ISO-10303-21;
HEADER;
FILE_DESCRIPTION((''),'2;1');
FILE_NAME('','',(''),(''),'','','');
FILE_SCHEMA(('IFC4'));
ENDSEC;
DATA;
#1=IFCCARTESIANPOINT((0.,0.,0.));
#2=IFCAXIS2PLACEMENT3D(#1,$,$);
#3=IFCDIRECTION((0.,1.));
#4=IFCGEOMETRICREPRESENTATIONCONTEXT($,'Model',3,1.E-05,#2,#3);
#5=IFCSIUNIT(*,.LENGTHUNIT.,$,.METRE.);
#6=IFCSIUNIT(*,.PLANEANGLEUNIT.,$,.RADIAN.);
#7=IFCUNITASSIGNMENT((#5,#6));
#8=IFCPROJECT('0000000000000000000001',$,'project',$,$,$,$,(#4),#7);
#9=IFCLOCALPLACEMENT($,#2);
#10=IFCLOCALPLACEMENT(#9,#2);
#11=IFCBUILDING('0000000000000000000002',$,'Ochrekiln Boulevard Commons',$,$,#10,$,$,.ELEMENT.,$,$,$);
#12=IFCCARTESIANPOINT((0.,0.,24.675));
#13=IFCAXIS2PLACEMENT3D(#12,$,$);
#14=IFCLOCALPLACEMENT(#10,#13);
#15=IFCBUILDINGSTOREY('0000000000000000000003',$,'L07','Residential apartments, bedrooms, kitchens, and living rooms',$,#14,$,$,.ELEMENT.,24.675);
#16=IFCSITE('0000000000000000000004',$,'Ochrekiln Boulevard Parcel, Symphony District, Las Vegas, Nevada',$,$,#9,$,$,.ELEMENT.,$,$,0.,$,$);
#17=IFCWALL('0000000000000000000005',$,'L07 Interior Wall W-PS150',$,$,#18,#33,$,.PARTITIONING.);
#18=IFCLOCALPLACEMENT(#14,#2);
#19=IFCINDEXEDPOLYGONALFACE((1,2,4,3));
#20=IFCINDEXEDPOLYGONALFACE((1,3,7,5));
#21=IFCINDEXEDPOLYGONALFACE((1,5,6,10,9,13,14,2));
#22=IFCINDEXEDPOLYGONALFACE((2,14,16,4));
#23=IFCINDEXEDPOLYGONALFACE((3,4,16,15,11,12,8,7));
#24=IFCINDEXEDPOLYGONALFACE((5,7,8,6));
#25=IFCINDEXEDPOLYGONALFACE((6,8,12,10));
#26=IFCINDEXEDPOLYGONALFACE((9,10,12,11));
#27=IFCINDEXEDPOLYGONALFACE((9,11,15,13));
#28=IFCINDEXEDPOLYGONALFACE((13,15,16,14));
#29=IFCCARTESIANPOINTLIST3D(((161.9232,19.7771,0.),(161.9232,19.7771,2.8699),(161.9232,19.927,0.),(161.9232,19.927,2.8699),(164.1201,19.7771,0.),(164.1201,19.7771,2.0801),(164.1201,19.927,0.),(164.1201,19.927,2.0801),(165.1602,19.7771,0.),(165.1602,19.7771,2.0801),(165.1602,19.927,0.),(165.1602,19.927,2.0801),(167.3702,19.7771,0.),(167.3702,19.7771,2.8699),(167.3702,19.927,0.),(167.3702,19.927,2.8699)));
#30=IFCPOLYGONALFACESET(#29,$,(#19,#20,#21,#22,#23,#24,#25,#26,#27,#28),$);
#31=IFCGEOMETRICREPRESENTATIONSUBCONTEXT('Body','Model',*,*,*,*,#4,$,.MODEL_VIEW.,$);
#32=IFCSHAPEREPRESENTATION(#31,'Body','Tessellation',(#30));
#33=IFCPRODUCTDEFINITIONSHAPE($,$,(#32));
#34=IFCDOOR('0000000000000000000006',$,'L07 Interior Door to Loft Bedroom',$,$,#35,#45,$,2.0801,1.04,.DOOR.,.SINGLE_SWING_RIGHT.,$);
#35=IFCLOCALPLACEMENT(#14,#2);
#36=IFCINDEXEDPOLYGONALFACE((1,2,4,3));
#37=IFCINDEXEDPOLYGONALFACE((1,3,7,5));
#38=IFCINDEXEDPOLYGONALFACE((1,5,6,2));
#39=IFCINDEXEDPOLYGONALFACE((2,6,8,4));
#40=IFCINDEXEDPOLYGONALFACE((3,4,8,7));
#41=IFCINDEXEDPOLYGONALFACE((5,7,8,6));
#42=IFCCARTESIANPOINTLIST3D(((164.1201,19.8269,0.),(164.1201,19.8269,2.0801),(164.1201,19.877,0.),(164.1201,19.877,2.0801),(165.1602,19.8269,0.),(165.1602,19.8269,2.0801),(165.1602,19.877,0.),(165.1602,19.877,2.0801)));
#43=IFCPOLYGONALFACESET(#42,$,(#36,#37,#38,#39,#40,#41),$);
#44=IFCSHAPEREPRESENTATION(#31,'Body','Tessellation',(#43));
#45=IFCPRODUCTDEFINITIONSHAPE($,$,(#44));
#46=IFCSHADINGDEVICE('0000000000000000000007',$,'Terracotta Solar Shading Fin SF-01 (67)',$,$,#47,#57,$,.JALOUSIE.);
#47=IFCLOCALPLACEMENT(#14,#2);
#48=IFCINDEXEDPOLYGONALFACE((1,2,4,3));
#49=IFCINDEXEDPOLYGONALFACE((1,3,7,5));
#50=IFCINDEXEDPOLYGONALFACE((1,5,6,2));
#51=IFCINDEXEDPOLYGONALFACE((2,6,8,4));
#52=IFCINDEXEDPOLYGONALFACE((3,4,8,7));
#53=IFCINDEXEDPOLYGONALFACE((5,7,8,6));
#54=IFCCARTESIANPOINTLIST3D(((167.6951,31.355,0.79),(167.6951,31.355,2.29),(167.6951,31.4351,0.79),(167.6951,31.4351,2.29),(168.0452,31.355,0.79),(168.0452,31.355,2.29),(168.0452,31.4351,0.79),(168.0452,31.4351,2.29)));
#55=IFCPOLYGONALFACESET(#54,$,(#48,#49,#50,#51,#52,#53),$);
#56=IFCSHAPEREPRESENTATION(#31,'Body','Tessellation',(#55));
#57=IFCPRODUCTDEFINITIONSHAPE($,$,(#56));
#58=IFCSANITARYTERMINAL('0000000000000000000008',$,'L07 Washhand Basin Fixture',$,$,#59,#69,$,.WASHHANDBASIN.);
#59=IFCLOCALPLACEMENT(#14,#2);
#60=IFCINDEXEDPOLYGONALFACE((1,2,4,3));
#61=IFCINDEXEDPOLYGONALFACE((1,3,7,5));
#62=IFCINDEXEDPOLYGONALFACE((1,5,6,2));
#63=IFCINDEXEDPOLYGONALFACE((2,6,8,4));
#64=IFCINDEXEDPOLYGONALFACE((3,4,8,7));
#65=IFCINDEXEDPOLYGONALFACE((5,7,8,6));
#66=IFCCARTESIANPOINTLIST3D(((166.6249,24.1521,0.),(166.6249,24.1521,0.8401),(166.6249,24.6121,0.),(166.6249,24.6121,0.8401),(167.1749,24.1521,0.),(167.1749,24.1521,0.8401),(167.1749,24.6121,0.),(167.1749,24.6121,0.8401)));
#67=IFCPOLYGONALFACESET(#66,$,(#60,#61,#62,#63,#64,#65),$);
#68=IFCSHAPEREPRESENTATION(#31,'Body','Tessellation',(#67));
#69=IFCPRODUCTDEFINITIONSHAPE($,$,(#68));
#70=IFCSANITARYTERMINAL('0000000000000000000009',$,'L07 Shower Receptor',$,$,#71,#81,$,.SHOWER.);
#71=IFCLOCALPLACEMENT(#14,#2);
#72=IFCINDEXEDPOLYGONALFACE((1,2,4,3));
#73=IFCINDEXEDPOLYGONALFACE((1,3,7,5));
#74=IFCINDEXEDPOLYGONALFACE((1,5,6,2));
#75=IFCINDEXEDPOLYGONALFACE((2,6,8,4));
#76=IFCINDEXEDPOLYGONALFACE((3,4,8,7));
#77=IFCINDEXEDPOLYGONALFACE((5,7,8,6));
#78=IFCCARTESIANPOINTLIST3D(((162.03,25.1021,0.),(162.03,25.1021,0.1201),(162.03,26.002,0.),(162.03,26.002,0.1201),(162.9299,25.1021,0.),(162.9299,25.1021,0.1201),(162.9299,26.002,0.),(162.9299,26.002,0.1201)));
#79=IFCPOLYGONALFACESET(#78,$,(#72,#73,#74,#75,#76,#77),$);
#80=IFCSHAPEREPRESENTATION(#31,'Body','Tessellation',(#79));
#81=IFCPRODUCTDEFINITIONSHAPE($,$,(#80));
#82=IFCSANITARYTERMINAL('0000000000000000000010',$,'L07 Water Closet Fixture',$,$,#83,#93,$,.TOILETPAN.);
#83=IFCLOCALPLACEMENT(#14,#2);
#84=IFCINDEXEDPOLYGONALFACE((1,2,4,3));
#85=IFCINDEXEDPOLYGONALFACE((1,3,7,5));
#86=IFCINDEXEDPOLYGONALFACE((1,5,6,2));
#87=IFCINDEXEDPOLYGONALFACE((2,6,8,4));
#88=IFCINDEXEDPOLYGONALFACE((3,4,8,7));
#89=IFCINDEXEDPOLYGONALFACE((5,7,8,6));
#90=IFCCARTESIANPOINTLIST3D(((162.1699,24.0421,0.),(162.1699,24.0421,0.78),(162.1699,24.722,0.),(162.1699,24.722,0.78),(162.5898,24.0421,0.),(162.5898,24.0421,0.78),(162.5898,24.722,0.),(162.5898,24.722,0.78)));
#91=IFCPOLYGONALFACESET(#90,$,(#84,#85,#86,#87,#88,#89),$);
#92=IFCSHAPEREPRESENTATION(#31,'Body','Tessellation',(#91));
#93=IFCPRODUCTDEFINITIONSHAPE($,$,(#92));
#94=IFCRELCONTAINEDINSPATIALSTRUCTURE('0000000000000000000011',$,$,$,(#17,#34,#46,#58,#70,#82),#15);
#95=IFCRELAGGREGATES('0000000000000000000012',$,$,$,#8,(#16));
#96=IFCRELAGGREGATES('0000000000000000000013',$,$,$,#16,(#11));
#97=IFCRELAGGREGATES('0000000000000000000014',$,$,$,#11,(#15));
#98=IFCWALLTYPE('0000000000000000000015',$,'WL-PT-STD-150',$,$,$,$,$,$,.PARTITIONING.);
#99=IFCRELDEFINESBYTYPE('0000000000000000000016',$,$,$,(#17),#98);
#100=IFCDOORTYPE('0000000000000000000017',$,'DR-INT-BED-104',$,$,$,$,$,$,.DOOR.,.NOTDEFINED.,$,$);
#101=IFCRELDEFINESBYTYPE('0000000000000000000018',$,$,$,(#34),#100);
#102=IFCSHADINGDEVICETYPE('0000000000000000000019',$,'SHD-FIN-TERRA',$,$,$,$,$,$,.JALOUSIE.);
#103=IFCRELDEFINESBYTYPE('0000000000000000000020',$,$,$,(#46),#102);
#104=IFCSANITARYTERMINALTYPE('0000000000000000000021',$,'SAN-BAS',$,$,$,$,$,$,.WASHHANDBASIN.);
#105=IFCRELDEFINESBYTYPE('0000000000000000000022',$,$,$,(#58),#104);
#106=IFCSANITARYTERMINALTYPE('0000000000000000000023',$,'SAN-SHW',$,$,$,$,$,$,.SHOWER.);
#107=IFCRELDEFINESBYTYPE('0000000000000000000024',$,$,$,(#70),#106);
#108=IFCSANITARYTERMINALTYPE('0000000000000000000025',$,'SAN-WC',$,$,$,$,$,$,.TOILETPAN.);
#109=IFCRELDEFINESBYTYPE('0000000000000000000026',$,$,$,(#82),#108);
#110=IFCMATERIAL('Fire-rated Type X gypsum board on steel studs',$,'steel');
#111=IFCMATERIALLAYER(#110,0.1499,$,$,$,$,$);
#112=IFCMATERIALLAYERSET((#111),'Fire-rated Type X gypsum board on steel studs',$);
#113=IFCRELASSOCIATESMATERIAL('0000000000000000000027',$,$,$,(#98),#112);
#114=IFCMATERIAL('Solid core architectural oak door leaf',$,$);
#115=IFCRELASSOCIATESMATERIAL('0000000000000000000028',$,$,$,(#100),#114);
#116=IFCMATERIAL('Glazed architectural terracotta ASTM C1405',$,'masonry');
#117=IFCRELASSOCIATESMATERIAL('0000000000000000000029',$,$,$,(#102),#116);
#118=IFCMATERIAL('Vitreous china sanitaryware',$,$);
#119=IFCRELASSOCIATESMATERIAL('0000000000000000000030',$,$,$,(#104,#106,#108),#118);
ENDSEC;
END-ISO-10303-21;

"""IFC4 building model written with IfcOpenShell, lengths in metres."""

from ifc_helpers import new_model, si_unit, direction, frame, frame_2d, origin, origin_2d, place, context, subcontext, project, spatial, rectangle, extrude, material, layer, layer_set, type_object, element, fill, save


model = new_model("IFC4")

# Units and contexts
model_context = context("Model", 3, precision=1e-05, world=origin(), true_north=direction((0.0, 1.0)))
body_context = subcontext(model_context, "Body", "Model", "MODEL_VIEW")
ifc_project = project(units=[si_unit("LENGTHUNIT", "METRE"), si_unit("PLANEANGLEUNIT", "RADIAN")], contexts=[model_context])

# Site, building, storey
site_placement = place(None, origin())
site = spatial("IfcSite", under=ifc_project, at=site_placement, Name="Ochrekiln Boulevard Parcel, Symphony District, Las Vegas, Nevada", CompositionType="ELEMENT", RefElevation=0.0)
building_placement = place(site_placement, origin())
building = spatial("IfcBuilding", under=site, at=building_placement, Name="Ochrekiln Boulevard Commons", CompositionType="ELEMENT")
storey_placement = place(building_placement, frame((0.0, 0.0, 24.675)))
storey = spatial("IfcBuildingStorey", under=building, at=storey_placement, Name="L07", Description="Residential apartments, bedrooms, kitchens, and living rooms", CompositionType="ELEMENT", Elevation=24.675)

# Shared definitions
ifc_material_1 = material(Name="Solid core architectural oak door leaf")

# Shared definitions
ifc_material_2 = material(Name="Fire-rated Type X gypsum board on steel studs", Category="steel")

# Wall, opening, door
ifc_layer_1 = layer(ifc_material_2, 0.1499)
ifc_layer_set_1 = layer_set([ifc_layer_1], Name="Fire-rated Type X gypsum board on steel studs")
wall_type_1 = type_object("IfcWallType", Name="WL-PT-STD-150", PredefinedType="PARTITIONING", material=ifc_layer_set_1)
wall_1_placement = place(storey_placement, frame((161.9231, 19.8521, 0.0), z_axis=(0.0, 0.0, 1.0), x_axis=(1.0, 0.0, 0.0)))
wall_1 = element("IfcWall", 1, at=wall_1_placement, inside=storey, type_object=wall_type_1, Name="L07 Interior Wall W-PS150", PredefinedType="PARTITIONING", context=body_context, shape_type="SweptSolid", body=[
    extrude(rectangle(XDim=5.447, YDim=0.1499, at=frame_2d((2.7236, 0.0))), origin(), (0.0, 0.0, 1.0), 2.8699),
])
opening_1_placement = place(wall_1_placement, frame((2.197, 0.0, 0.0)))
opening_1 = element("IfcOpeningElement", 2, at=opening_1_placement, cuts=wall_1, PredefinedType="OPENING", context=body_context, shape_type="SweptSolid", body=[
    extrude(rectangle(XDim=1.04, YDim=2.0801, at=frame_2d((0.52, 1.04))), frame((0.0, 0.085, 0.0), z_axis=(0.0, -1.0, 0.0), x_axis=(1.0, 0.0, 0.0)), (0.0, 0.0, 1.0), 0.1699),
])
door_type_1 = type_object("IfcDoorType", Name="DR-INT-BED-104", OperationType="NOTDEFINED", PredefinedType="DOOR", material=ifc_material_1)
door_1_placement = place(opening_1_placement, origin())
door_1 = element("IfcDoor", 3, at=door_1_placement, inside=storey, type_object=door_type_1, Name="L07 Interior Door to Loft Bedroom", OperationType="SINGLE_SWING_RIGHT", OverallHeight=2.0801, OverallWidth=1.04, PredefinedType="DOOR", context=body_context, shape_type="SweptSolid", body=[
    extrude(rectangle(XDim=1.04, YDim=2.0801, at=frame_2d((0.52, 1.04))), frame((0.0, 0.0249, 0.0), z_axis=(0.0, -1.0, 0.0), x_axis=(1.0, 0.0, 0.0)), (0.0, 0.0, 1.0), 0.05),
])
fill(opening_1, door_1)

# Shading device
ifc_material_3 = material(Name="Glazed architectural terracotta ASTM C1405", Category="masonry")
shading_device_type = type_object("IfcShadingDeviceType", Name="SHD-FIN-TERRA", PredefinedType="JALOUSIE", material=ifc_material_3)
shading_device_placement = place(storey_placement, frame((167.8701, 31.395, 0.79), z_axis=(0.0, 0.0, 1.0), x_axis=(1.0, 0.0, 0.0)))
element("IfcShadingDevice", 4, at=shading_device_placement, inside=storey, type_object=shading_device_type, Name="Terracotta Solar Shading Fin SF-01 (67)", PredefinedType="JALOUSIE", context=body_context, shape_type="SweptSolid", body=[
    extrude(rectangle(XDim=0.3501, YDim=0.0801, at=origin_2d()), origin(), (0.0, 0.0, 1.0), 1.5),
])

# Sanitary terminals
ifc_material_4 = material(Name="Vitreous china sanitaryware")
sanitary_terminal_type_1 = type_object("IfcSanitaryTerminalType", Name="SAN-BAS", PredefinedType="WASHHANDBASIN", material=ifc_material_4)
sanitary_terminal_1_placement = place(storey_placement, frame((166.8999, 24.3821, 0.0), z_axis=(0.0, 0.0, 1.0), x_axis=(1.0, 0.0, 0.0)))
element("IfcSanitaryTerminal", 5, at=sanitary_terminal_1_placement, inside=storey, type_object=sanitary_terminal_type_1, Name="L07 Washhand Basin Fixture", PredefinedType="WASHHANDBASIN", context=body_context, shape_type="SweptSolid", body=[
    extrude(rectangle(XDim=0.55, YDim=0.46, at=origin_2d()), origin(), (0.0, 0.0, 1.0), 0.8401),
])
sanitary_terminal_type_2 = type_object("IfcSanitaryTerminalType", Name="SAN-SHW", PredefinedType="SHOWER", material=ifc_material_4)
sanitary_terminal_2_placement = place(storey_placement, frame((162.48, 25.552, 0.0), z_axis=(0.0, 0.0, 1.0), x_axis=(1.0, 0.0, 0.0)))
element("IfcSanitaryTerminal", 6, at=sanitary_terminal_2_placement, inside=storey, type_object=sanitary_terminal_type_2, Name="L07 Shower Receptor", PredefinedType="SHOWER", context=body_context, shape_type="SweptSolid", body=[
    extrude(rectangle(XDim=0.8999, YDim=0.8999, at=origin_2d()), origin(), (0.0, 0.0, 1.0), 0.1201),
])
sanitary_terminal_type_3 = type_object("IfcSanitaryTerminalType", Name="SAN-WC", PredefinedType="TOILETPAN", material=ifc_material_4)
sanitary_terminal_3_placement = place(storey_placement, frame((162.3799, 24.3821, 0.0), z_axis=(0.0, 0.0, 1.0), x_axis=(1.0, 0.0, 0.0)))
element("IfcSanitaryTerminal", 7, at=sanitary_terminal_3_placement, inside=storey, type_object=sanitary_terminal_type_3, Name="L07 Water Closet Fixture", PredefinedType="TOILETPAN", context=body_context, shape_type="SweptSolid", body=[
    extrude(rectangle(XDim=0.4199, YDim=0.6799, at=origin_2d()), origin(), (0.0, 0.0, 1.0), 0.78),
])

save(model, "model.ifc")
